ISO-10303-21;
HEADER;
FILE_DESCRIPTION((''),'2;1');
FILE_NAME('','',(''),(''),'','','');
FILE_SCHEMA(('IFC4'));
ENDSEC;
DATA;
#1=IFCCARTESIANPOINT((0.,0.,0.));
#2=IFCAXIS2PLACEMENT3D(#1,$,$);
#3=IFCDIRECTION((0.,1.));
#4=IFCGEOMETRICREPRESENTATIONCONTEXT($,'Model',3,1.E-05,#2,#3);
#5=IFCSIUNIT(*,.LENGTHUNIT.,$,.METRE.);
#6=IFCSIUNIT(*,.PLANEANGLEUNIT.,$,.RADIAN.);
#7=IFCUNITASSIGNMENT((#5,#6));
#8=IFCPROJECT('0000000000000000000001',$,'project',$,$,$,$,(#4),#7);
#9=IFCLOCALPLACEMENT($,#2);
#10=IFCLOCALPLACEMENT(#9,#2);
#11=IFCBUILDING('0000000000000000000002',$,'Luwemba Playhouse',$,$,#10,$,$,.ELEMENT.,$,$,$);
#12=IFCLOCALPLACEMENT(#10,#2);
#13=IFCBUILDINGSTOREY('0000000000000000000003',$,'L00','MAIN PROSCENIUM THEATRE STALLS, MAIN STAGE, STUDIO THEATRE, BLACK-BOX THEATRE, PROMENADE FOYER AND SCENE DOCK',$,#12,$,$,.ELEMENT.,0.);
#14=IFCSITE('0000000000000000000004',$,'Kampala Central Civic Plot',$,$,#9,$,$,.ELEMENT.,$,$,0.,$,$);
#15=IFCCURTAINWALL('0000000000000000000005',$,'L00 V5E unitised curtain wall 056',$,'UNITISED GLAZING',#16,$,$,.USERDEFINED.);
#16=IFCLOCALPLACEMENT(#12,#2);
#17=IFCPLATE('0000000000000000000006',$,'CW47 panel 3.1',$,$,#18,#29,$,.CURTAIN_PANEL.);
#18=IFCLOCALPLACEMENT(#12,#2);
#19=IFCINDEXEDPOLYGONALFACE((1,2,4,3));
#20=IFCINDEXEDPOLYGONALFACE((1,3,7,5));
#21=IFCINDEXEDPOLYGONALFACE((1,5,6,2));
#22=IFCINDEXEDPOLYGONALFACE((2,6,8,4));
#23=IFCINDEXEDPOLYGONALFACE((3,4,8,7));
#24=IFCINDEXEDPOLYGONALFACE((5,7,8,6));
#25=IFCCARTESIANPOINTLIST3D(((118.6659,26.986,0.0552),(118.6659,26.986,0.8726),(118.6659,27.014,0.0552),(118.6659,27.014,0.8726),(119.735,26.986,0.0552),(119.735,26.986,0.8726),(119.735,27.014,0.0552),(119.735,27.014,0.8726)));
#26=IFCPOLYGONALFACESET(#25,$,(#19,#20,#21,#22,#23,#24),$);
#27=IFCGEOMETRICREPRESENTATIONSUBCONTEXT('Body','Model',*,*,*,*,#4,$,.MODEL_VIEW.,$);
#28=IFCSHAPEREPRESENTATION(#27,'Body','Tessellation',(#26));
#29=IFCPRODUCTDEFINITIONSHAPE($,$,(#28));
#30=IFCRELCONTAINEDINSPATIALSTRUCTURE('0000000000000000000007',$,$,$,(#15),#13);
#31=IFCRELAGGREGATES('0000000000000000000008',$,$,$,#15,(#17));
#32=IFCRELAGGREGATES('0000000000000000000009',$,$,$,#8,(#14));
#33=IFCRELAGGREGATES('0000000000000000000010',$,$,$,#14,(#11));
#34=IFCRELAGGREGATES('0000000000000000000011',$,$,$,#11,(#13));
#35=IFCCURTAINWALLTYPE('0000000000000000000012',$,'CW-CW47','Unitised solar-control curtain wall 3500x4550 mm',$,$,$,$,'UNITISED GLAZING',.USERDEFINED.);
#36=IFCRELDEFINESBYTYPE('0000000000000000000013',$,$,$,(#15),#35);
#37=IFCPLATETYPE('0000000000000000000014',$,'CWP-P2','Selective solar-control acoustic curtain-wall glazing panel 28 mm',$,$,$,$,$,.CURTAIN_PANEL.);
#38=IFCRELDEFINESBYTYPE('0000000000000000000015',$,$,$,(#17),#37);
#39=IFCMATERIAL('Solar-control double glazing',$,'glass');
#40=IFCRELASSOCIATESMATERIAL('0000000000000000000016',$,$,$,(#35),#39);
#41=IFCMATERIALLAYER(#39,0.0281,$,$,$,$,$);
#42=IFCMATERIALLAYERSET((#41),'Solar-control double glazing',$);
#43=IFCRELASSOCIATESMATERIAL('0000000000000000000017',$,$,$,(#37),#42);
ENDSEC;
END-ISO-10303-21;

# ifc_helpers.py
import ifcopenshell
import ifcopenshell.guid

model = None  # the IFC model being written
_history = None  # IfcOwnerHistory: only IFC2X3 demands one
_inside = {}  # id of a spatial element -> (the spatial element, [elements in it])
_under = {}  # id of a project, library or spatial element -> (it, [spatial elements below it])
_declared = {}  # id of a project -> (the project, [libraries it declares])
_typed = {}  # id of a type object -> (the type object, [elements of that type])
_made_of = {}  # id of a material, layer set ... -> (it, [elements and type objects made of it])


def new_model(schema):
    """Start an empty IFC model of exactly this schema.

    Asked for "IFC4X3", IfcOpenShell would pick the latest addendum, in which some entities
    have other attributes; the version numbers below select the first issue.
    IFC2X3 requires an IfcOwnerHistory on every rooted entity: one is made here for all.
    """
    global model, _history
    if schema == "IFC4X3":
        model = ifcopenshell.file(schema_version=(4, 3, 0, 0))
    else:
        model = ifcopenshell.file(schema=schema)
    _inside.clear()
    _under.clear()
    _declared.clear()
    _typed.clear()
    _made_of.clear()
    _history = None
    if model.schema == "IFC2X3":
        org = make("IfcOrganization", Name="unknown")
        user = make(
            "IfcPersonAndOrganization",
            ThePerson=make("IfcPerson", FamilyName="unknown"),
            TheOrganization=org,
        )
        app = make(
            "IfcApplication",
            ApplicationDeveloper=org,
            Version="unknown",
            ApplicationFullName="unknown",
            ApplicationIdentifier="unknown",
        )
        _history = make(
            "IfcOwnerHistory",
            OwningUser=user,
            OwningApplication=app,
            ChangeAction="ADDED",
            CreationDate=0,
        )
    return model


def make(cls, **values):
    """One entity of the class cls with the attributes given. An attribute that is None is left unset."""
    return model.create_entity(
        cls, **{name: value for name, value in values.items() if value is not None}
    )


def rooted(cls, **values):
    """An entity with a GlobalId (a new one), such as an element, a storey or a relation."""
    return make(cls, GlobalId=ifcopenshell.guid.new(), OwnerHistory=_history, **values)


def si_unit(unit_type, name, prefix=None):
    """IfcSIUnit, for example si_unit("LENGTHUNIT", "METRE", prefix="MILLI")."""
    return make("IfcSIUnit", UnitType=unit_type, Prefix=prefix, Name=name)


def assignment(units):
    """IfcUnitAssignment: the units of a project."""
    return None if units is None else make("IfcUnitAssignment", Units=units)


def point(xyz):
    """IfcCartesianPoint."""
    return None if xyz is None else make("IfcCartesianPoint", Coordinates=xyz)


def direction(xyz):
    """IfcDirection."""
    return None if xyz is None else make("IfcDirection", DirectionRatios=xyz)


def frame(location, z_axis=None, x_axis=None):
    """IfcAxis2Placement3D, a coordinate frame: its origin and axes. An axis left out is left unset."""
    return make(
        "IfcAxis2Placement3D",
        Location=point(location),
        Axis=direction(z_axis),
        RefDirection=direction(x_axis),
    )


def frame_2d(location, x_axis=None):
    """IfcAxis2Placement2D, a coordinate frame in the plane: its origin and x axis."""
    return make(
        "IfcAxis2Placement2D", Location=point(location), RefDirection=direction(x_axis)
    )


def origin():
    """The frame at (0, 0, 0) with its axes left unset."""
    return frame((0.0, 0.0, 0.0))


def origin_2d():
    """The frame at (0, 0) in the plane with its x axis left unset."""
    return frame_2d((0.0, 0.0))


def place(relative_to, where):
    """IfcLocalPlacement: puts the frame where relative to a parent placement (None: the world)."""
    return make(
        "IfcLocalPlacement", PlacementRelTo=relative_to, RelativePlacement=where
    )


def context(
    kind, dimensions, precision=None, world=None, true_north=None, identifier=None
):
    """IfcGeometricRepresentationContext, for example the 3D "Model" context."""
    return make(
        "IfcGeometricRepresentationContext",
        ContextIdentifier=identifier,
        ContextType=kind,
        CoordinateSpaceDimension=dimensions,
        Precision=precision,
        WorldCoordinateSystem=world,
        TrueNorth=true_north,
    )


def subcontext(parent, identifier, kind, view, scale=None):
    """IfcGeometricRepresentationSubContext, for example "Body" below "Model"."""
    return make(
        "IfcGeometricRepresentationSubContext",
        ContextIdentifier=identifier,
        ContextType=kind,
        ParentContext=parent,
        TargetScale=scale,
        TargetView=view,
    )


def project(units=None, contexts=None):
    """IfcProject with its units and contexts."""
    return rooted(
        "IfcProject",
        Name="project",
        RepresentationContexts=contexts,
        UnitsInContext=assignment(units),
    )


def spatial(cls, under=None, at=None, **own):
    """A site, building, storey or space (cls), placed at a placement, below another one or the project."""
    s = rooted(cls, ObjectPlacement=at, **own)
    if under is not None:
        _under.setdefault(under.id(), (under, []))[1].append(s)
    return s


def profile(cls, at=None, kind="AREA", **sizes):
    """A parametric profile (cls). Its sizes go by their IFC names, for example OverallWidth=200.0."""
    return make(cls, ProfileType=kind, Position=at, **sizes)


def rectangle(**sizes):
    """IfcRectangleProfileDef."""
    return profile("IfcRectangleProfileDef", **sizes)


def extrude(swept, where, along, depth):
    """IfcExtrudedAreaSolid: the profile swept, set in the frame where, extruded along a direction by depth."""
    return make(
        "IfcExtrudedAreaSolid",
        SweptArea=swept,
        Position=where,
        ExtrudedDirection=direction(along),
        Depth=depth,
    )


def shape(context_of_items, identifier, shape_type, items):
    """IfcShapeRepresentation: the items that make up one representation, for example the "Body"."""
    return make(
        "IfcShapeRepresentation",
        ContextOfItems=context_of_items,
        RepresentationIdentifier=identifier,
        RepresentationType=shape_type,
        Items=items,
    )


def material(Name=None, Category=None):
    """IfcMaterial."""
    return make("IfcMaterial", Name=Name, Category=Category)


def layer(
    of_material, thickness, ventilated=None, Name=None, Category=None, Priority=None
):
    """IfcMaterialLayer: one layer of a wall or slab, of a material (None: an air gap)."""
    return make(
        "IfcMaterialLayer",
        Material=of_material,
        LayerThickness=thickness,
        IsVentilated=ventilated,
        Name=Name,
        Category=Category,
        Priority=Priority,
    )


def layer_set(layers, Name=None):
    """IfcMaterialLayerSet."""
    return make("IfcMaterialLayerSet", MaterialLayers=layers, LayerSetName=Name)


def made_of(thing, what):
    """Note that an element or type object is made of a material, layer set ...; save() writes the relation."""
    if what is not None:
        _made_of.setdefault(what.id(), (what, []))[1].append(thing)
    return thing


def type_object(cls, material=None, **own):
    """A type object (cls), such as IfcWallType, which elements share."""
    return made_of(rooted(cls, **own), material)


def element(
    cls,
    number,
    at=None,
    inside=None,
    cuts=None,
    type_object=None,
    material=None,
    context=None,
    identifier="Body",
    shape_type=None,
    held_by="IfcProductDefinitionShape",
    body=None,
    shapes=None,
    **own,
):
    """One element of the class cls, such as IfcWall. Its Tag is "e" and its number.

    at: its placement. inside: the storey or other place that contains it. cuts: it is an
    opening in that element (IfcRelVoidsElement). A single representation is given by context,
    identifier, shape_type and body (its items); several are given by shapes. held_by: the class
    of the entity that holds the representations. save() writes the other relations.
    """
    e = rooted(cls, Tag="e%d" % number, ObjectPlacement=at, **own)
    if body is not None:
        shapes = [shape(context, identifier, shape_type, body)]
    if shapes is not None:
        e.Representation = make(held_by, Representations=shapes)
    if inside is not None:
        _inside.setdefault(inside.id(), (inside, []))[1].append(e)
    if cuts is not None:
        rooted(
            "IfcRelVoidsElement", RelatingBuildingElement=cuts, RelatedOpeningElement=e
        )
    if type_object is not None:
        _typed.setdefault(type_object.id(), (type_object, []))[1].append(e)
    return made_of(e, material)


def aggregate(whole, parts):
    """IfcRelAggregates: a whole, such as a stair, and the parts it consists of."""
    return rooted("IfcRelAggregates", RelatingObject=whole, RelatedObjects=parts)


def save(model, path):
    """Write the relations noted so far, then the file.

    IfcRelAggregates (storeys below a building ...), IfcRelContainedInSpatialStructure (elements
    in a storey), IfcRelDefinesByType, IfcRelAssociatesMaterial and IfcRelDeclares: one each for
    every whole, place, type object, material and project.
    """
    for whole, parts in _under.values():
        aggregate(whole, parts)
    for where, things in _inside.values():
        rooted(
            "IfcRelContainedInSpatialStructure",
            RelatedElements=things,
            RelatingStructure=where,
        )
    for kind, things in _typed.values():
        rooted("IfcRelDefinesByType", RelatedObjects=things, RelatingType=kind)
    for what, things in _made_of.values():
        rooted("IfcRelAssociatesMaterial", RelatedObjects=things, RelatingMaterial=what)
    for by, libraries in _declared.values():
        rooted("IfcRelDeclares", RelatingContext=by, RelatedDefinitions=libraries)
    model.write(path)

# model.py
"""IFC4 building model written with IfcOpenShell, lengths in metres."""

from ifc_helpers import new_model, si_unit, direction, frame, origin, origin_2d, place, context, subcontext, project, spatial, rectangle, extrude, material, layer, layer_set, type_object, element, aggregate, save


model = new_model("IFC4")

# Units and contexts
model_context = context("Model", 3, precision=1e-05, world=origin(), true_north=direction((0.0, 1.0)))
body_context = subcontext(model_context, "Body", "Model", "MODEL_VIEW")
ifc_project = project(units=[si_unit("LENGTHUNIT", "METRE"), si_unit("PLANEANGLEUNIT", "RADIAN")], contexts=[model_context])

# Site, building, storey
site_placement = place(None, origin())
site = spatial("IfcSite", under=ifc_project, at=site_placement, Name="Kampala Central Civic Plot", CompositionType="ELEMENT", RefElevation=0.0)
building_placement = place(site_placement, origin())
building = spatial("IfcBuilding", under=site, at=building_placement, Name="Luwemba Playhouse", CompositionType="ELEMENT")
storey_placement = place(building_placement, origin())
storey = spatial("IfcBuildingStorey", under=building, at=storey_placement, Name="L00", Description="MAIN PROSCENIUM THEATRE STALLS, MAIN STAGE, STUDIO THEATRE, BLACK-BOX THEATRE, PROMENADE FOYER AND SCENE DOCK", CompositionType="ELEMENT", Elevation=0.0)

# Shared definitions
ifc_material_1 = material(Name="Solar-control double glazing", Category="glass")

# Curtain wall
curtain_wall_type_1 = type_object("IfcCurtainWallType", Name="CW-CW47", Description="Unitised solar-control curtain wall 3500x4550 mm", ElementType="UNITISED GLAZING", PredefinedType="USERDEFINED", material=ifc_material_1)
curtain_wall_1_placement = place(storey_placement, origin())
curtain_wall_1 = element("IfcCurtainWall", 1, at=curtain_wall_1_placement, inside=storey, type_object=curtain_wall_type_1, Name="L00 V5E unitised curtain wall 056", ObjectType="UNITISED GLAZING", PredefinedType="USERDEFINED")

# Plate
ifc_layer_1 = layer(ifc_material_1, 0.0281)
ifc_layer_set_1 = layer_set([ifc_layer_1], Name="Solar-control double glazing")
plate_type_1 = type_object("IfcPlateType", Name="CWP-P2", Description="Selective solar-control acoustic curtain-wall glazing panel 28 mm", PredefinedType="CURTAIN_PANEL", material=ifc_layer_set_1)
plate_1_placement = place(storey_placement, frame((119.2004, 27.0, 0.0552), z_axis=(0.0, 0.0, 1.0), x_axis=(1.0, 0.0, 0.0)))
plate_1 = element("IfcPlate", 2, at=plate_1_placement, type_object=plate_type_1, Name="CW47 panel 3.1", PredefinedType="CURTAIN_PANEL", context=body_context, shape_type="SweptSolid", body=[
    extrude(rectangle(XDim=1.0691, YDim=0.0281, at=origin_2d()), origin(), (0.0, 0.0, 1.0), 0.8174),
])
aggregate(curtain_wall_1, [plate_1])

save(model, "model.ifc")
